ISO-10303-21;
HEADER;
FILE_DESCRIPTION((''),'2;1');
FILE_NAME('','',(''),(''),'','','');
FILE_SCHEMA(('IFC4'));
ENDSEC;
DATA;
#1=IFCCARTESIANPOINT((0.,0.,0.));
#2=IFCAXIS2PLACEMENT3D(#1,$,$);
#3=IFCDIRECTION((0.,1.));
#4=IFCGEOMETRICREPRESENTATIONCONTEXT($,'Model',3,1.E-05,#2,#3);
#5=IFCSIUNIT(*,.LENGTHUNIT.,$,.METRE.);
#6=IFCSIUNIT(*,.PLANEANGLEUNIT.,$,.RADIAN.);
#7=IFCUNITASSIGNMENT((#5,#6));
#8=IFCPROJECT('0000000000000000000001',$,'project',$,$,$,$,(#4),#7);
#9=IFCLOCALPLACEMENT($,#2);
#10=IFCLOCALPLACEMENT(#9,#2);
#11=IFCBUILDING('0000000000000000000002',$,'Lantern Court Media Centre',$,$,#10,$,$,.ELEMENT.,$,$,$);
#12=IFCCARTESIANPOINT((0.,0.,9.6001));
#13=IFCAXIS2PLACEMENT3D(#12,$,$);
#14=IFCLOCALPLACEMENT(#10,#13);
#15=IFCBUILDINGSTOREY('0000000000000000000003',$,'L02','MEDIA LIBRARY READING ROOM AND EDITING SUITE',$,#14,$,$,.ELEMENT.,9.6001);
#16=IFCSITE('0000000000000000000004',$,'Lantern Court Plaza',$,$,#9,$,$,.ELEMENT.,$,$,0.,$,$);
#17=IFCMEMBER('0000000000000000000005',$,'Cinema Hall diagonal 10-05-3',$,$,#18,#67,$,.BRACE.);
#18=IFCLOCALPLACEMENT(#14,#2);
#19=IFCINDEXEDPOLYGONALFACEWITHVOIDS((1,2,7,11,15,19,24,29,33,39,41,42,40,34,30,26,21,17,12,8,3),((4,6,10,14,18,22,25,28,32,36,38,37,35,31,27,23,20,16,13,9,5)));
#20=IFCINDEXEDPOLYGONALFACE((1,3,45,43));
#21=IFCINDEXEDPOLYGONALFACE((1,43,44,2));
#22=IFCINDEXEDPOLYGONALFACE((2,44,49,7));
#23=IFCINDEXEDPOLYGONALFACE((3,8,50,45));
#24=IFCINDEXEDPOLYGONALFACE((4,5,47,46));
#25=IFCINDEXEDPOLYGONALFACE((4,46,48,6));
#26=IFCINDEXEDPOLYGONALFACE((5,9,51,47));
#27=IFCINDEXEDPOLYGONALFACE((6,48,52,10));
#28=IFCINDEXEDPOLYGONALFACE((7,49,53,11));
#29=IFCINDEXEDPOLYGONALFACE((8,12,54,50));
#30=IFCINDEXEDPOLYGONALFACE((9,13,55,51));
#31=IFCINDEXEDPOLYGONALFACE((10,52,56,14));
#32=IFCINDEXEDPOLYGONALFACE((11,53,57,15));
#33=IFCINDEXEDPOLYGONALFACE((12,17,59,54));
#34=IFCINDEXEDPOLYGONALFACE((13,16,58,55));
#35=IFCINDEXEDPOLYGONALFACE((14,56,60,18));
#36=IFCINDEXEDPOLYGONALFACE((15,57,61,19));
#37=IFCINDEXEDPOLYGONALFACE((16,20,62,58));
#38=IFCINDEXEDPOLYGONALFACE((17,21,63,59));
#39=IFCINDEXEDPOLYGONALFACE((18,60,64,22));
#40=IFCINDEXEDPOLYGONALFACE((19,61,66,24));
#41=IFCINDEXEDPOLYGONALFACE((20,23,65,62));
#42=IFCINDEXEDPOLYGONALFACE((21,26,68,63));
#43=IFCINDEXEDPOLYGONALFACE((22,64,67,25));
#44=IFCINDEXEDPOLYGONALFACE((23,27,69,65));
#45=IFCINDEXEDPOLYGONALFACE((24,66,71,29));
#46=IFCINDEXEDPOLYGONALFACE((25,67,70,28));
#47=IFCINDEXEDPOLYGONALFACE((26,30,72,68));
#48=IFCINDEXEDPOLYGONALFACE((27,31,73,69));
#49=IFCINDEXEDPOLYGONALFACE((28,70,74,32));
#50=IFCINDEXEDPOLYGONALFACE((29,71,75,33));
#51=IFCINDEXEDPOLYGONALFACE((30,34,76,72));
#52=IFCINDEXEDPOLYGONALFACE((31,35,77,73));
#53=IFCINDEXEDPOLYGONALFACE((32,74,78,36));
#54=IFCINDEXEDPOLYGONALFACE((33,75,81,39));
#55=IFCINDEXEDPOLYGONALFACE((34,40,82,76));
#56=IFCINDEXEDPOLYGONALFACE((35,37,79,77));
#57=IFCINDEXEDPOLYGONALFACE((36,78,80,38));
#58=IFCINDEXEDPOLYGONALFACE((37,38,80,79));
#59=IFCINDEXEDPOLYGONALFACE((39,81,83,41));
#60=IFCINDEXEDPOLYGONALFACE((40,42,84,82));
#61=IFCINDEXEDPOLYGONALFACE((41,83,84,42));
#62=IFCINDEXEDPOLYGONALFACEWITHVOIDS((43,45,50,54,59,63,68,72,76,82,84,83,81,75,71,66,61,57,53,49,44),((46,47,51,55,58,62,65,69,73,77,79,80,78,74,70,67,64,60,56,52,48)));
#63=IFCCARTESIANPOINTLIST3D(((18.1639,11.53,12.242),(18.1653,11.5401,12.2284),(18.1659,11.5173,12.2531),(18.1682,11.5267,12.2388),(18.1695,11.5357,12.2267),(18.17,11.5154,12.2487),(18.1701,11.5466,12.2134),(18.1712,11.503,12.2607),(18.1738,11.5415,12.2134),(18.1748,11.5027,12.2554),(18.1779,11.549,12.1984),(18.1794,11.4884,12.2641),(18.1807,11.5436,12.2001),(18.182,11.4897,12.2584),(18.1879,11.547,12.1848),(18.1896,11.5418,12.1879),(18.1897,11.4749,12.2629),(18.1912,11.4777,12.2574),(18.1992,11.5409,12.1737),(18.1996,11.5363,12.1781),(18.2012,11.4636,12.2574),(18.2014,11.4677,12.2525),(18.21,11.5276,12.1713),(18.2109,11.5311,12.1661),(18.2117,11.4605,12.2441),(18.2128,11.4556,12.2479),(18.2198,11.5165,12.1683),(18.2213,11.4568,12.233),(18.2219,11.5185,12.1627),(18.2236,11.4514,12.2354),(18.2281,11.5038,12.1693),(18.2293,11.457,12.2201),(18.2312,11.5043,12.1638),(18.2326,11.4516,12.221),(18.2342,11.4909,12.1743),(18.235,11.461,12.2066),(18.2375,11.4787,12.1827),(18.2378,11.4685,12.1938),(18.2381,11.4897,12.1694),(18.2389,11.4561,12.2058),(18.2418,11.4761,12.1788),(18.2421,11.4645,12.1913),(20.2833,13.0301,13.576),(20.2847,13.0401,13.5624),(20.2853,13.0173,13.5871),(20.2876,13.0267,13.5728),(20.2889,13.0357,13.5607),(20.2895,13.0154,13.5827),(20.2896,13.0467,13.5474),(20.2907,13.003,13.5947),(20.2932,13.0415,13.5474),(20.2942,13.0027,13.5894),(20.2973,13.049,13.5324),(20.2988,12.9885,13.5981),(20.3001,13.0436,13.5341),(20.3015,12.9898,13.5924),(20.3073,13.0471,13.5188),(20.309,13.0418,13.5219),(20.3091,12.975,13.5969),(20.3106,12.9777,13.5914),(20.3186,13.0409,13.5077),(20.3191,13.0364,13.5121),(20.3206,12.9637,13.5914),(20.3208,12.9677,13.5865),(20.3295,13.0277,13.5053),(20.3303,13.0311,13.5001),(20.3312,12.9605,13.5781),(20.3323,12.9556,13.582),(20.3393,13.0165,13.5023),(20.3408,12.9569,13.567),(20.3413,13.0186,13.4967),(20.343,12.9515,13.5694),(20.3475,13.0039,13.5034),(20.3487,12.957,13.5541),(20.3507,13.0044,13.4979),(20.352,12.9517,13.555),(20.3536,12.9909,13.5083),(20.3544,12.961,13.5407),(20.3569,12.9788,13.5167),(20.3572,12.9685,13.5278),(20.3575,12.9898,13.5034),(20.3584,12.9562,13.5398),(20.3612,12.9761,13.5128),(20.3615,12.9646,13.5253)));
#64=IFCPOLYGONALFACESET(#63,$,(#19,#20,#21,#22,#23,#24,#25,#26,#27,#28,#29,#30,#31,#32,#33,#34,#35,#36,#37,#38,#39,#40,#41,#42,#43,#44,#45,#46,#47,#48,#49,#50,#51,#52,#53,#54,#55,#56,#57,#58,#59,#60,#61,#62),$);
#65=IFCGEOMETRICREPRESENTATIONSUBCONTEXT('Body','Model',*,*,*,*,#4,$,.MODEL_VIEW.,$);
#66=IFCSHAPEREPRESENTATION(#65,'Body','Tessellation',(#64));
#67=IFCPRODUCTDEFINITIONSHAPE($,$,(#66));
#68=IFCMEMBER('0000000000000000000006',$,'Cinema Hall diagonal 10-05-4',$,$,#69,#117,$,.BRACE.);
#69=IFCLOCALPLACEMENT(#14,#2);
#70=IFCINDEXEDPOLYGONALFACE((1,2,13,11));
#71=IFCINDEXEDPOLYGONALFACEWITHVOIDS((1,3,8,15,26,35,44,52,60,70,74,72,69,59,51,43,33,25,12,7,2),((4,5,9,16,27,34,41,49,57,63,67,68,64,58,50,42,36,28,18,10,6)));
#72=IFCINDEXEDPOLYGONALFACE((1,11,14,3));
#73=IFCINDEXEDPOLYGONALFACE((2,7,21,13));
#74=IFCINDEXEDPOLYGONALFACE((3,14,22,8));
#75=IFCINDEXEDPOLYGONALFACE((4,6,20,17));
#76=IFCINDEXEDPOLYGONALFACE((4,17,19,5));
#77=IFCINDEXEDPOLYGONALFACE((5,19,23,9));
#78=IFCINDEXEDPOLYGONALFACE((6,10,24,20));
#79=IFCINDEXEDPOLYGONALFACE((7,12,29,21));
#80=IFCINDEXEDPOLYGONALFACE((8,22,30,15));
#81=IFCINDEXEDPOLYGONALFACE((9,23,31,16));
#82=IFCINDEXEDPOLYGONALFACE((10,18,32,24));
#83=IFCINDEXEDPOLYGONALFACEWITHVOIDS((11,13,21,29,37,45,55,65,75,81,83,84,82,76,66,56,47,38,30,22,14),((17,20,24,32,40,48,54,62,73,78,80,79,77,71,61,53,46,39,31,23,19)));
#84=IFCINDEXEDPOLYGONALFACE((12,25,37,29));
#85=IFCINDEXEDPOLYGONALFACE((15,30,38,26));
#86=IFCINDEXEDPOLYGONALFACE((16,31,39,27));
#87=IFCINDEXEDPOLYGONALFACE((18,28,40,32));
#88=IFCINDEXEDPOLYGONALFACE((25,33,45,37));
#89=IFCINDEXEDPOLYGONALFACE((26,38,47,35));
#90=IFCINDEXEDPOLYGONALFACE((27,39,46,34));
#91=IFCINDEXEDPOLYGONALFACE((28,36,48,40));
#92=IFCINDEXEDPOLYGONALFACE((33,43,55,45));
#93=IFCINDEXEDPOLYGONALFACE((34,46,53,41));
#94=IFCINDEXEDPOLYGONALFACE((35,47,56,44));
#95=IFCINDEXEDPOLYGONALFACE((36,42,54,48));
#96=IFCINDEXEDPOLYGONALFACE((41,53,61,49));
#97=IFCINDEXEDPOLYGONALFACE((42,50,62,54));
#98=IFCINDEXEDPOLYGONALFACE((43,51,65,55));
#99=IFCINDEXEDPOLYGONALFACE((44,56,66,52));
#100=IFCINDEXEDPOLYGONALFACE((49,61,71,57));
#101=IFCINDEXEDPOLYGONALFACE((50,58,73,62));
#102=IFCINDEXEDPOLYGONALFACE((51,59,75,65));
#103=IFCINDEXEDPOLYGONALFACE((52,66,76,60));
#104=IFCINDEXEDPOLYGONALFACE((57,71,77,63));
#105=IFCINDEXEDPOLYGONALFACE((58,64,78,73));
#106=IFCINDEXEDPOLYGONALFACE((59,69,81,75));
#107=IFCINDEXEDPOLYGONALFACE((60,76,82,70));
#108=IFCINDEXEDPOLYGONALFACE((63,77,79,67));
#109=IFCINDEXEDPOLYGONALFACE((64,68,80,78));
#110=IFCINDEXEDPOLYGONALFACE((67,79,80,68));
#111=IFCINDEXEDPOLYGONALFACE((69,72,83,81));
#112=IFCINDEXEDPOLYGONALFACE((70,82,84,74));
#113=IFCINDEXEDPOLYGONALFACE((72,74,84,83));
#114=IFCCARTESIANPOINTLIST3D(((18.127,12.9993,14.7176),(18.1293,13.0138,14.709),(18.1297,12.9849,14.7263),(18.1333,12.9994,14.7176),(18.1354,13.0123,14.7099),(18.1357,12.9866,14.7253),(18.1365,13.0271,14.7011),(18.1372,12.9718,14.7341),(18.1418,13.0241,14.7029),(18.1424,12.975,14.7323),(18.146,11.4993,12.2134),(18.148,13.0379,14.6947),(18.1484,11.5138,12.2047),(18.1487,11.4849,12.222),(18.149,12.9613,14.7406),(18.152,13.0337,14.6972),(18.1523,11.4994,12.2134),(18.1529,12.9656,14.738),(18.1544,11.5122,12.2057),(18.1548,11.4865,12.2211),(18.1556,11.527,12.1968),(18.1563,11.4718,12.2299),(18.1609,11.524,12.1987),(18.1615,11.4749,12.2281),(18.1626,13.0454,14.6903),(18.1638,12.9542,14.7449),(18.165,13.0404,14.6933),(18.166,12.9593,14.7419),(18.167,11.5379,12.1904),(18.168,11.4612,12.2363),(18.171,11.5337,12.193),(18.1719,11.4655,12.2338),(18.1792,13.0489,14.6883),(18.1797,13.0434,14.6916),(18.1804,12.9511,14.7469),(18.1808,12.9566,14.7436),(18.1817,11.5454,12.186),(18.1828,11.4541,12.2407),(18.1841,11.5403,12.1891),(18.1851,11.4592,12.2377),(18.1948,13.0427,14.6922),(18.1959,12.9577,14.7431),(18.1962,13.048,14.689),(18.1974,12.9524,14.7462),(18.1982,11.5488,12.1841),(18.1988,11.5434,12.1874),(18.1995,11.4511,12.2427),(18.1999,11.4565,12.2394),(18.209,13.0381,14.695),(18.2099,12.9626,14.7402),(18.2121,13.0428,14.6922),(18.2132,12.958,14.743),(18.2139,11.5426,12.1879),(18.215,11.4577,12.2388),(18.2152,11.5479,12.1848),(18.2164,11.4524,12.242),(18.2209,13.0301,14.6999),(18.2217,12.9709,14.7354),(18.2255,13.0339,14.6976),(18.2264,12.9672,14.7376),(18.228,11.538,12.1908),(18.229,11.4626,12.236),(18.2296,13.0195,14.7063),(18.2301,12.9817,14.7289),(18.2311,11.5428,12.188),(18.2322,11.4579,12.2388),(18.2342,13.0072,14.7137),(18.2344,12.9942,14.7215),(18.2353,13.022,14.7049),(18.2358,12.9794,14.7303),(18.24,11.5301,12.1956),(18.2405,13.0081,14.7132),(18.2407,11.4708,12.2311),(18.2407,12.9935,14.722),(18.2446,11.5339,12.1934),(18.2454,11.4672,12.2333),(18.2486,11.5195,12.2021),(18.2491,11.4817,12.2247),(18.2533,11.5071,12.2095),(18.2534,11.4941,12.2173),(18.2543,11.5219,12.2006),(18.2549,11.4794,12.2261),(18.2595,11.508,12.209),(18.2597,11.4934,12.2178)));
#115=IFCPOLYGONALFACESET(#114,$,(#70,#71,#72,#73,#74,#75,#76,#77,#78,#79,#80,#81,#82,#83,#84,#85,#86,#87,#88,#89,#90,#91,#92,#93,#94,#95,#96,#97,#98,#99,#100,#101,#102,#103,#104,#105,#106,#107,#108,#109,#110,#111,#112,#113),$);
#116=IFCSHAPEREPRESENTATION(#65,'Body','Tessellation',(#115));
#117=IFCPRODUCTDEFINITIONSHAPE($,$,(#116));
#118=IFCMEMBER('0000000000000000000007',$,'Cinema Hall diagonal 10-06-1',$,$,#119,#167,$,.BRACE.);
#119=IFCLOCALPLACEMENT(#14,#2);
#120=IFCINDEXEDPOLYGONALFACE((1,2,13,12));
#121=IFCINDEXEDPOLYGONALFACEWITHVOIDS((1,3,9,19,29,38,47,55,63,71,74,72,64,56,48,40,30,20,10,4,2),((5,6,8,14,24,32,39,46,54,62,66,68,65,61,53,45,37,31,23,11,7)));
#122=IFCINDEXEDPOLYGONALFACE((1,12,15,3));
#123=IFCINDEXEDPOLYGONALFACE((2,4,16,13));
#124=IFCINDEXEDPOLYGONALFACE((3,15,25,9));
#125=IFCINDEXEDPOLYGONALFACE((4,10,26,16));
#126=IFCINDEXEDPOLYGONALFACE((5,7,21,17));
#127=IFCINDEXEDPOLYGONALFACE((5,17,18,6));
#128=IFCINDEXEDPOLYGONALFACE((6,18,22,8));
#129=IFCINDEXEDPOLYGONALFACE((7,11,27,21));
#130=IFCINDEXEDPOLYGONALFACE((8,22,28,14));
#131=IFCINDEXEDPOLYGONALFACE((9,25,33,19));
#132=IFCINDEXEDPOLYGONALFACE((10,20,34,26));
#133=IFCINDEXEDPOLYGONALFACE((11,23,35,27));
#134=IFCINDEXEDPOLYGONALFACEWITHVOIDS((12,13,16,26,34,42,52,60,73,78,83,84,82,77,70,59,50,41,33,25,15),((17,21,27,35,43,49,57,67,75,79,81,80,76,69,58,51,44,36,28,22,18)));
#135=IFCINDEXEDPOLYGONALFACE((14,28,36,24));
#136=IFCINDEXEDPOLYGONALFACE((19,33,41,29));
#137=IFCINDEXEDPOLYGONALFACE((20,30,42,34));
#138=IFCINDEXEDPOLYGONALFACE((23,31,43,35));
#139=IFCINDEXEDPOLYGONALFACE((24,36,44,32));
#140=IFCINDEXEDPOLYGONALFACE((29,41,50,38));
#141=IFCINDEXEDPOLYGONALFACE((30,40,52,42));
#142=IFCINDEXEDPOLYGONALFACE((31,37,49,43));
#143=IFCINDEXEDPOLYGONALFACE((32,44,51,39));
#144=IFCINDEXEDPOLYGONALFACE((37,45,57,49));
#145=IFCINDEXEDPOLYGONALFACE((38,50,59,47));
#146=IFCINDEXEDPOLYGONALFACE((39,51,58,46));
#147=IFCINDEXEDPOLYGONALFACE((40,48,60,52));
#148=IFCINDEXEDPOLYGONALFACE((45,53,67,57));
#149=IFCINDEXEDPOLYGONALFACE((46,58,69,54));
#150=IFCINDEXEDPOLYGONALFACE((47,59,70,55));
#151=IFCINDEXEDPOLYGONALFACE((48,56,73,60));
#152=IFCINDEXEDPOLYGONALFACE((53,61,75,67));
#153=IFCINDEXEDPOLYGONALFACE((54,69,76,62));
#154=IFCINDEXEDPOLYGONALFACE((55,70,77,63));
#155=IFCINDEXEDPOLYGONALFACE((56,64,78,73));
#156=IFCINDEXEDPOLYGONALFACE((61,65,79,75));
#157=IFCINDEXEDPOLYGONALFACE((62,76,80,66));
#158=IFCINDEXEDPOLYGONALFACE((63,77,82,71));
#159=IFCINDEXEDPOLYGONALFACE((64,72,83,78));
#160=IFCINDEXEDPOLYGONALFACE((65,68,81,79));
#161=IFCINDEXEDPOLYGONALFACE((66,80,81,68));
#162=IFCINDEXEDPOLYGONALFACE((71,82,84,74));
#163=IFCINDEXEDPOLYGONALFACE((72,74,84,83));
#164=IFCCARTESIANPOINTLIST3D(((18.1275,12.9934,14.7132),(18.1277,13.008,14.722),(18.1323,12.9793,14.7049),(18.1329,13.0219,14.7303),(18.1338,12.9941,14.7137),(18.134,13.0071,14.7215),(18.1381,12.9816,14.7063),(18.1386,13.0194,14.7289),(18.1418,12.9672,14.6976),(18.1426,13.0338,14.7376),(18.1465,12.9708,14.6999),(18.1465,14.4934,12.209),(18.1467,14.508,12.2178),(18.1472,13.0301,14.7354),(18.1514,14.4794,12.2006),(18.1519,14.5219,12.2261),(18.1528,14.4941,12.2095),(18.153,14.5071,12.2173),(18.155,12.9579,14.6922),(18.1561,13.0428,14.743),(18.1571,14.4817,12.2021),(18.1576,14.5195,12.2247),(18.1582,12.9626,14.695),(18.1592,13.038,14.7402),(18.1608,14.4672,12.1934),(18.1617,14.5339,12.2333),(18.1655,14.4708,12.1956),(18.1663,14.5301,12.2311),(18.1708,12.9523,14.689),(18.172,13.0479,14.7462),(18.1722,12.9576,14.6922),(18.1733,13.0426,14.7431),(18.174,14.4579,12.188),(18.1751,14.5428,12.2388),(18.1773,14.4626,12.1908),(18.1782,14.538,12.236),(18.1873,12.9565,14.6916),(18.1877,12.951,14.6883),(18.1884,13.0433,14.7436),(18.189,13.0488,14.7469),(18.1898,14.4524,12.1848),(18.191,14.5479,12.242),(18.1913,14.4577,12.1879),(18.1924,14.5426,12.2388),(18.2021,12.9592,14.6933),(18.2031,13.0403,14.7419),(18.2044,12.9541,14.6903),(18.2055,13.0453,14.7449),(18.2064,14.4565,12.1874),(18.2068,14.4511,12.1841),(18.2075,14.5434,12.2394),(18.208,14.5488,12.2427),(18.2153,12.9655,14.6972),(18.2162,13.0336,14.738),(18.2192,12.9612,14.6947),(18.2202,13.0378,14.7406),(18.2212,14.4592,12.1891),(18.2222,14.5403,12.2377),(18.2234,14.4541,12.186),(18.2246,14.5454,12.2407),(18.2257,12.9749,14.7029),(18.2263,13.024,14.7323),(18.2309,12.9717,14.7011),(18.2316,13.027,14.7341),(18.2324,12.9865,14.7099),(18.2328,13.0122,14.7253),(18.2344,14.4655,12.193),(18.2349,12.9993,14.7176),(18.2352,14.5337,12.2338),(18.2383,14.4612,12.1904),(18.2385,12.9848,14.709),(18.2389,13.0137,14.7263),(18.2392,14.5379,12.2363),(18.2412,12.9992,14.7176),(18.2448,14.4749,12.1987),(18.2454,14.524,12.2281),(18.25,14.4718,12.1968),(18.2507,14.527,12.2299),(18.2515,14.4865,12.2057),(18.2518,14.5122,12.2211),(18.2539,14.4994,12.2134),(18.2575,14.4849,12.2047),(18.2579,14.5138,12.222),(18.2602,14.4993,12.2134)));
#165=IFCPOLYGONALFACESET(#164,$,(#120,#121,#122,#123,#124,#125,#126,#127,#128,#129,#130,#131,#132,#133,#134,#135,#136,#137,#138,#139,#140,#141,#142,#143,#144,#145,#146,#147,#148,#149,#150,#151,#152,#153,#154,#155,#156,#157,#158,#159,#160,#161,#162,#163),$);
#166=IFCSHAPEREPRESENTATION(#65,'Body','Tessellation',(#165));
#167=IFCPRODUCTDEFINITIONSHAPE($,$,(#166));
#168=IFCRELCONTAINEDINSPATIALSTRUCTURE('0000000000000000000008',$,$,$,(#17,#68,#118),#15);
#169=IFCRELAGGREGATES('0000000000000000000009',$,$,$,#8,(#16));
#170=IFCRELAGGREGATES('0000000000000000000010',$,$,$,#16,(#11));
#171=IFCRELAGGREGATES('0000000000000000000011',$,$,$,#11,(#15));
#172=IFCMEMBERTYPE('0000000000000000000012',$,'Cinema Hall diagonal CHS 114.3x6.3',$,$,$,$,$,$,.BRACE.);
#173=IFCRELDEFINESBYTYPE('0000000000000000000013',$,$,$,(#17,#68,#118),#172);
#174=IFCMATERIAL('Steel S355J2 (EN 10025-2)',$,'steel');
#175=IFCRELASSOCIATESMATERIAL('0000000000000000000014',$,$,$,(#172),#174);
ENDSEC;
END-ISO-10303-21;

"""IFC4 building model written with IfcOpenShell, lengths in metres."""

from ifc_helpers import new_model, si_unit, direction, frame, origin, origin_2d, place, context, subcontext, project, spatial, hollow_circle, extrude, material, material_profile, profile_set, type_object, element, save


model = new_model("IFC4")

# Units and contexts
model_context = context("Model", 3, precision=1e-05, world=origin(), true_north=direction((0.0, 1.0)))
body_context = subcontext(model_context, "Body", "Model", "MODEL_VIEW")
ifc_project = project(units=[si_unit("LENGTHUNIT", "METRE"), si_unit("PLANEANGLEUNIT", "RADIAN")], contexts=[model_context])

# Site, building, storey
site_placement = place(None, origin())
site = spatial("IfcSite", under=ifc_project, at=site_placement, Name="Lantern Court Plaza", CompositionType="ELEMENT", RefElevation=0.0)
building_placement = place(site_placement, origin())
building = spatial("IfcBuilding", under=site, at=building_placement, Name="Lantern Court Media Centre", CompositionType="ELEMENT")
storey_placement = place(building_placement, frame((0.0, 0.0, 9.6001)))
storey = spatial("IfcBuildingStorey", under=building, at=storey_placement, Name="L02", Description="MEDIA LIBRARY READING ROOM AND EDITING SUITE", CompositionType="ELEMENT", Elevation=9.6001)

# Members
ifc_material = material(Name="Steel S355J2 (EN 10025-2)", Category="steel")
ifc_material_profile_1 = material_profile(ifc_material, hollow_circle(Radius=0.0571, WallThickness=0.0063, at=origin_2d()), Name="Cinema Hall diagonal CHS 114.3x6.3")
ifc_profile_set_1 = profile_set([ifc_material_profile_1], Name="Steel S355J2 (EN 10025-2)")
member_type_1 = type_object("IfcMemberType", Name="Cinema Hall diagonal CHS 114.3x6.3", PredefinedType="BRACE", material=ifc_profile_set_1)
for number, where, z_axis, x_axis, name in (
    (1, (18.2031, 11.5, 12.2134), (0.726034, 0.513852, 0.45698), (-0.577702, 0.816248, 0.0), "Cinema Hall diagonal 10-05-3"),
    (2, (18.2031, 11.5, 12.2134), (-0.006524, 0.513857, 0.857851), (-0.999919, -0.012694, 0.0), "Cinema Hall diagonal 10-05-4"),
    (3, (18.2031, 14.5, 12.2134), (-0.006524, -0.513857, 0.857851), (0.999919, -0.012694, 0.0), "Cinema Hall diagonal 10-06-1"),
):
    element("IfcMember", number, at=place(storey_placement, frame(where, z_axis=z_axis, x_axis=x_axis)), inside=storey, type_object=member_type_1, Name=name, PredefinedType="BRACE", context=body_context, shape_type="SweptSolid", body=[
        extrude(hollow_circle(Radius=0.0571, WallThickness=0.0063, at=origin_2d()), origin(), (0.0, 0.0, 1.0), 2.9192),
    ])

save(model, "model.ifc")
